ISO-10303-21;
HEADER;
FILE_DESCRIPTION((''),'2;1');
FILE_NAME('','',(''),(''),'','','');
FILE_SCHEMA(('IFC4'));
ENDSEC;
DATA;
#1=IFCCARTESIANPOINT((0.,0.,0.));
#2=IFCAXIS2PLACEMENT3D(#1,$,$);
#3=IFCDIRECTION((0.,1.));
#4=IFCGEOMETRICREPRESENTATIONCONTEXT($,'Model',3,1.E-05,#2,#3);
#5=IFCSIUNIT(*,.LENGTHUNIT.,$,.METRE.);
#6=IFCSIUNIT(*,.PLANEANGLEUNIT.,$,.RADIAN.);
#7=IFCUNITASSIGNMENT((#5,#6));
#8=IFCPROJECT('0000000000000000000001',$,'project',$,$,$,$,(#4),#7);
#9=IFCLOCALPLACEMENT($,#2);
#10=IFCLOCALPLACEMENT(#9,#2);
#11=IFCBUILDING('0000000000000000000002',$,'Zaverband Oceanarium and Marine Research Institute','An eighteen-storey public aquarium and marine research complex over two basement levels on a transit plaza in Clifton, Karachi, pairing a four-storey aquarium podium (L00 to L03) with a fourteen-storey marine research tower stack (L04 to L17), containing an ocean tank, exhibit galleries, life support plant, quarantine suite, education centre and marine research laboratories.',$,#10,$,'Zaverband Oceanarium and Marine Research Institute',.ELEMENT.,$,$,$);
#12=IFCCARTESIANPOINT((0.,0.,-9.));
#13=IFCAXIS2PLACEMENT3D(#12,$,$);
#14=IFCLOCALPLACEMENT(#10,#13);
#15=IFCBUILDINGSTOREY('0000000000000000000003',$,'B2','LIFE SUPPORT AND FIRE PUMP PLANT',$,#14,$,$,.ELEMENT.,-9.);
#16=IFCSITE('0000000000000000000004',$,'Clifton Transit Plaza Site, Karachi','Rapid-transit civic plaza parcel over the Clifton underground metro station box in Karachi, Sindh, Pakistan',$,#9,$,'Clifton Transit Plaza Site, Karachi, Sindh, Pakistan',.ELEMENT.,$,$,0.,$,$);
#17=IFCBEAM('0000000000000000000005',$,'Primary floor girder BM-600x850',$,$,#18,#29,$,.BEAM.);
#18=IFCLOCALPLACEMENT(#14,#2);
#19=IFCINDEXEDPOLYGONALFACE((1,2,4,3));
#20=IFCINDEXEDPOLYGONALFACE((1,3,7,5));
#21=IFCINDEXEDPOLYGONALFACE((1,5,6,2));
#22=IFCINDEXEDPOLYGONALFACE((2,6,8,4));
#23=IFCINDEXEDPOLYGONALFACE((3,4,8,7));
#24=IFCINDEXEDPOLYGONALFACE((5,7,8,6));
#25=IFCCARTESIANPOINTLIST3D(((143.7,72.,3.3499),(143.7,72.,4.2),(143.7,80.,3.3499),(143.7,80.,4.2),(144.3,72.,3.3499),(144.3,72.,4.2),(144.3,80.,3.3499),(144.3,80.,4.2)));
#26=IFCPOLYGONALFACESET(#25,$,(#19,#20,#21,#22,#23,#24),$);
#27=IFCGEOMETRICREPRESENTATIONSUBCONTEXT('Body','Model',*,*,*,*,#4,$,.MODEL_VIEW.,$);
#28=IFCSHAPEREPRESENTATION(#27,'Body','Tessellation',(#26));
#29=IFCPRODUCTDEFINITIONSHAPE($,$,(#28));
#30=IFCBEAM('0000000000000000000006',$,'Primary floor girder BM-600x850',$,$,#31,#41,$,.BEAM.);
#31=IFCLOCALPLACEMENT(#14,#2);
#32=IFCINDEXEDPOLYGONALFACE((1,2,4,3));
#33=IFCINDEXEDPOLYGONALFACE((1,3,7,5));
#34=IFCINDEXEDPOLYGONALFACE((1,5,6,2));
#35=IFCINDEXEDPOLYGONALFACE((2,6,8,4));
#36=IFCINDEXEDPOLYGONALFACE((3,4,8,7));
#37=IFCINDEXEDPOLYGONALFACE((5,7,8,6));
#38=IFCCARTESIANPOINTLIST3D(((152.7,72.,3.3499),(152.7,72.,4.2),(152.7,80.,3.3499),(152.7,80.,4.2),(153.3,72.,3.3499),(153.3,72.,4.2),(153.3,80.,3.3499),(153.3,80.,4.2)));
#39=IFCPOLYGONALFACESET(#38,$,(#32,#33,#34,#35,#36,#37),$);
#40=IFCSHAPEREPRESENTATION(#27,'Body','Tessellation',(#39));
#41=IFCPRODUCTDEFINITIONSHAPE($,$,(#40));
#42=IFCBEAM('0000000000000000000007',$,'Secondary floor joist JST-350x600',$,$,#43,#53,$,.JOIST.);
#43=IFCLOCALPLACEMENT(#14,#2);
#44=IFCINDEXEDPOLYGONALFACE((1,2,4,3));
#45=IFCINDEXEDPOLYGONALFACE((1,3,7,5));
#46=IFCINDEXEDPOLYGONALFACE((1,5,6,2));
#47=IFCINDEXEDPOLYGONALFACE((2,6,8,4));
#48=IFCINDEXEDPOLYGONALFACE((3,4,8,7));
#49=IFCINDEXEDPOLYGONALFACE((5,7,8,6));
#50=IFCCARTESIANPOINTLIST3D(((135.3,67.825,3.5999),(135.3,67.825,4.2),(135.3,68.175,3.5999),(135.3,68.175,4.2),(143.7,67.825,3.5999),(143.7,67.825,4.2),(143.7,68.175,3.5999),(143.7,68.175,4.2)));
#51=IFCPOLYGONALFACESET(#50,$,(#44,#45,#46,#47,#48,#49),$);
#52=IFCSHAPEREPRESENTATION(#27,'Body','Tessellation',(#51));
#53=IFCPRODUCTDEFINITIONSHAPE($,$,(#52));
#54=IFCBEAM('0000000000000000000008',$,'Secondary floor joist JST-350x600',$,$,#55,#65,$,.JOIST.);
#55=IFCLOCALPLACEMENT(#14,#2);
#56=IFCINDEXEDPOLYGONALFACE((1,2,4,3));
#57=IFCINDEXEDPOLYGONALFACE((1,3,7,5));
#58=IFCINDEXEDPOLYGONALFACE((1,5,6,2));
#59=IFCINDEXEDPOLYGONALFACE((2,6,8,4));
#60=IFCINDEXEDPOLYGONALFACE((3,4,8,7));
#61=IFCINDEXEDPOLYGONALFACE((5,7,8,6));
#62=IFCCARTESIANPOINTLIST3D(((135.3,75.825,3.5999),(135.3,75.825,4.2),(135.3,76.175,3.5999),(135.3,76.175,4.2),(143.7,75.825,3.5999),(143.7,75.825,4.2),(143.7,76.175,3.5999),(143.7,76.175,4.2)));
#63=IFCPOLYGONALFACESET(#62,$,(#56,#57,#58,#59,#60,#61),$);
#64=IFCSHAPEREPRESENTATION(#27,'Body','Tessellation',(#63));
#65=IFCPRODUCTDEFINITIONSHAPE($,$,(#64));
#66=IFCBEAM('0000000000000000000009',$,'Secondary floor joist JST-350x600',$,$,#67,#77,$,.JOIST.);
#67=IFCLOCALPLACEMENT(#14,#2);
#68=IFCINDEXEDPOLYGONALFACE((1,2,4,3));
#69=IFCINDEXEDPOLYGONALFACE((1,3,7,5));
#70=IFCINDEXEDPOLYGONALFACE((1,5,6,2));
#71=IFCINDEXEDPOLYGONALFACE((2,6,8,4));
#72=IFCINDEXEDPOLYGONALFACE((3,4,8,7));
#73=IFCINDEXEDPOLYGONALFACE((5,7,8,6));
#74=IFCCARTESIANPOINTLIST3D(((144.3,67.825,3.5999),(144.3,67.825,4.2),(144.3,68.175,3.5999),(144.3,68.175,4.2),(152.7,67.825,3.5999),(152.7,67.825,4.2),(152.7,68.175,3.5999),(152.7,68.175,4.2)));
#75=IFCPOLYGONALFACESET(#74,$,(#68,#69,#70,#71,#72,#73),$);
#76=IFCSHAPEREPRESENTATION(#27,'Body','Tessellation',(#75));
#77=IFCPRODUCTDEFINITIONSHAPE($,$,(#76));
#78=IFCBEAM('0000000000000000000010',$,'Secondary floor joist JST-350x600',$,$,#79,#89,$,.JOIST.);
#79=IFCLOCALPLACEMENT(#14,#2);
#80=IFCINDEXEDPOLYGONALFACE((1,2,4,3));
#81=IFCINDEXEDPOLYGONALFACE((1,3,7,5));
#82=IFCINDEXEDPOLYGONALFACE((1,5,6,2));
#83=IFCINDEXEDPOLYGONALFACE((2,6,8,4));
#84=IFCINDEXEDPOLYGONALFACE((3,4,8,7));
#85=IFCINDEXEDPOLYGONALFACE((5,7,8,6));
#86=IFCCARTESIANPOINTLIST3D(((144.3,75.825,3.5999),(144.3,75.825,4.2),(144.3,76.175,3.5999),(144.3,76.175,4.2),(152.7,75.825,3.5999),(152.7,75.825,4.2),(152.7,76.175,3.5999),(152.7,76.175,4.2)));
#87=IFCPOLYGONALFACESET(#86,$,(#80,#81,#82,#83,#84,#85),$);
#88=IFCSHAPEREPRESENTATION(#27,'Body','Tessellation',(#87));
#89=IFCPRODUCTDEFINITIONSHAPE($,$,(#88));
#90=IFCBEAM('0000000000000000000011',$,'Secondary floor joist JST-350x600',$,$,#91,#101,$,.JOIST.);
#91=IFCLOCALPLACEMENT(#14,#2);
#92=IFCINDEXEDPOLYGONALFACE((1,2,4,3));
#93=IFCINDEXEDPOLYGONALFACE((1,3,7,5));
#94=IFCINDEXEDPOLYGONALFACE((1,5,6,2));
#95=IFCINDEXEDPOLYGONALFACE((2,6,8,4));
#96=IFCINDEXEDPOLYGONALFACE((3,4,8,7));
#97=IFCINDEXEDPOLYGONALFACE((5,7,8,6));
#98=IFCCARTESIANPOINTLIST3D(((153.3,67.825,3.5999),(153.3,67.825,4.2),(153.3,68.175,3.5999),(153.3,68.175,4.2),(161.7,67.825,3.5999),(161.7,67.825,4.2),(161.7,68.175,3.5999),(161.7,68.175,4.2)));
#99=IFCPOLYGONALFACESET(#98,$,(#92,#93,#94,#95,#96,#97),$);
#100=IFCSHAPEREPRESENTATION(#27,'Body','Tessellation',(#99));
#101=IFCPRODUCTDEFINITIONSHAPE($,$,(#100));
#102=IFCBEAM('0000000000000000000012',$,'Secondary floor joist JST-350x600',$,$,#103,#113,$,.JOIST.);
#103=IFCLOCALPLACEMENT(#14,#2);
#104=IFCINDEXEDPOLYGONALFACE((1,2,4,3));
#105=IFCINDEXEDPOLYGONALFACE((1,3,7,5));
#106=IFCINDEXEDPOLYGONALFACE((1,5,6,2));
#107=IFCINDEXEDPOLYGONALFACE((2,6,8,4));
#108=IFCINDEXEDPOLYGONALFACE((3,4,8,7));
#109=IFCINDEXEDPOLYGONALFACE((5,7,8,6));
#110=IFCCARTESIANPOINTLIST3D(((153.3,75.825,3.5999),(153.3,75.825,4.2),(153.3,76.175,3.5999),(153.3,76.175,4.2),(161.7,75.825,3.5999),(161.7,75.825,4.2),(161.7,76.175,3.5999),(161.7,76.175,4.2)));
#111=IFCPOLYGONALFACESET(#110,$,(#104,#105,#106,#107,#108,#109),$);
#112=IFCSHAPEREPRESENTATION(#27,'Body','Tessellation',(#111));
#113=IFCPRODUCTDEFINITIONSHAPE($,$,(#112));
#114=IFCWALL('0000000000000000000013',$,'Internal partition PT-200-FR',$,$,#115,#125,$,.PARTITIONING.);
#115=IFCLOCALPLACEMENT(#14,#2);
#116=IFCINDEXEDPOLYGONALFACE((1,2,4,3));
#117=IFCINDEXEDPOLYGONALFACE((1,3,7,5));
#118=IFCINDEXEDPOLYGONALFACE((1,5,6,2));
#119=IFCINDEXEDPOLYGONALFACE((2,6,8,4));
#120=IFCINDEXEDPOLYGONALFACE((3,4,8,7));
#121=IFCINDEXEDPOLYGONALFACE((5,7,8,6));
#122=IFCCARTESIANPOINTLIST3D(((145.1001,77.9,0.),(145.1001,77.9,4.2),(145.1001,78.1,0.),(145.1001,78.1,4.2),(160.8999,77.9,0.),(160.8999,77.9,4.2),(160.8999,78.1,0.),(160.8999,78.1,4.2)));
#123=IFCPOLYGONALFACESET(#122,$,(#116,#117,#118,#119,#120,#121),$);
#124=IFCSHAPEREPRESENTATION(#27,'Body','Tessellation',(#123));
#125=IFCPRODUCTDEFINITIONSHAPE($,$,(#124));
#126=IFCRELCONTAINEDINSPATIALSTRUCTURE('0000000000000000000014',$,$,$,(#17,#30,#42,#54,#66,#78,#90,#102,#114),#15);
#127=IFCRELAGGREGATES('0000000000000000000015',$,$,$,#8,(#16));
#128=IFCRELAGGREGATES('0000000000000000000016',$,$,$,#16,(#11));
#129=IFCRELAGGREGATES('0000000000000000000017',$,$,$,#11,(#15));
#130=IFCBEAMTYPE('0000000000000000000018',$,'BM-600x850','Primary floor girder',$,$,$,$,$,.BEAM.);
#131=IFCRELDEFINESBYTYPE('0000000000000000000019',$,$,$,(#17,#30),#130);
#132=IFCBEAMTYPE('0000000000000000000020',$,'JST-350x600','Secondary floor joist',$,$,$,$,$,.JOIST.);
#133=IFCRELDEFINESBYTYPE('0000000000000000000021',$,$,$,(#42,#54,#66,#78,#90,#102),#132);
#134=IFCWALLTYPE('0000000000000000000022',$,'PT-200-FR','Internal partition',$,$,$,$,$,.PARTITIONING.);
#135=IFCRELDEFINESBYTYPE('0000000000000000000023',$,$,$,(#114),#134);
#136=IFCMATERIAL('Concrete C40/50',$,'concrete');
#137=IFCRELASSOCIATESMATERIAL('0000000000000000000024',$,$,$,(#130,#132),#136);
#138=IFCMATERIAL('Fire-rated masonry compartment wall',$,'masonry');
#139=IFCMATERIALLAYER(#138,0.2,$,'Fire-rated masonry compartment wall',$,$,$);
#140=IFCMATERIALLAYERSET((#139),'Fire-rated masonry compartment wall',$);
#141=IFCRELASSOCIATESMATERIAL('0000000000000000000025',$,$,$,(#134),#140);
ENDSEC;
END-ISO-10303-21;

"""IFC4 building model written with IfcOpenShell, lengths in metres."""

from ifc_helpers import new_model, si_unit, direction, frame, frame_2d, origin, origin_2d, place, context, subcontext, project, spatial, rectangle, extrude, material, layer, layer_set, material_profile, profile_set, type_object, element, save


model = new_model("IFC4")

# Units and contexts
model_context = context("Model", 3, precision=1e-05, world=origin(), true_north=direction((0.0, 1.0)))
body_context = subcontext(model_context, "Body", "Model", "MODEL_VIEW")
ifc_project = project(units=[si_unit("LENGTHUNIT", "METRE"), si_unit("PLANEANGLEUNIT", "RADIAN")], contexts=[model_context])

# Site, building, storey
site_placement = place(None, origin())
site = spatial("IfcSite", under=ifc_project, at=site_placement, Name="Clifton Transit Plaza Site, Karachi", Description="Rapid-transit civic plaza parcel over the Clifton underground metro station box in Karachi, Sindh, Pakistan", LongName="Clifton Transit Plaza Site, Karachi, Sindh, Pakistan", CompositionType="ELEMENT", RefElevation=0.0)
building_placement = place(site_placement, origin())
building = spatial("IfcBuilding", under=site, at=building_placement, Name="Zaverband Oceanarium and Marine Research Institute", Description="An eighteen-storey public aquarium and marine research complex over two basement levels on a transit plaza in Clifton, Karachi, pairing a four-storey aquarium podium (L00 to L03) with a fourteen-storey marine research tower stack (L04 to L17), containing an ocean tank, exhibit galleries, life support plant, quarantine suite, education centre and marine research laboratories.", LongName="Zaverband Oceanarium and Marine Research Institute", CompositionType="ELEMENT")
storey_placement = place(building_placement, frame((0.0, 0.0, -9.0)))
storey = spatial("IfcBuildingStorey", under=building, at=storey_placement, Name="B2", Description="LIFE SUPPORT AND FIRE PUMP PLANT", CompositionType="ELEMENT", Elevation=-9.0)

# Beams
ifc_material_1 = material(Name="Concrete C40/50", Category="concrete")
ifc_material_profile_1 = material_profile(ifc_material_1, rectangle(XDim=0.6001, YDim=0.8501, at=origin_2d()), Name="RC600x850")
ifc_profile_set_1 = profile_set([ifc_material_profile_1], Name="Concrete C40/50")
beam_type_1 = type_object("IfcBeamType", Name="BM-600x850", Description="Primary floor girder", PredefinedType="BEAM", material=ifc_profile_set_1)
for number, where, z_axis, x_axis, name in (
    (1, (144.0, 72.0, 3.7749), (0.0, 1.0, 0.0), (-1.0, 0.0, 0.0), "Primary floor girder BM-600x850"),
    (2, (153.0, 72.0, 3.7749), (0.0, 1.0, 0.0), (-1.0, 0.0, 0.0), "Primary floor girder BM-600x850"),
):
    element("IfcBeam", number, at=place(storey_placement, frame(where, z_axis=z_axis, x_axis=x_axis)), inside=storey, type_object=beam_type_1, Name=name, PredefinedType="BEAM", context=body_context, shape_type="SweptSolid", body=[
        extrude(rectangle(XDim=0.6001, YDim=0.8501, at=origin_2d()), origin(), (0.0, 0.0, 1.0), 8.0),
    ])
ifc_material_profile_2 = material_profile(ifc_material_1, rectangle(XDim=0.3501, YDim=0.6001, at=origin_2d()), Name="RC350x600")
ifc_profile_set_2 = profile_set([ifc_material_profile_2], Name="Concrete C40/50")
beam_type_2 = type_object("IfcBeamType", Name="JST-350x600", Description="Secondary floor joist", PredefinedType="JOIST", material=ifc_profile_set_2)
for number, where, z_axis, x_axis, name in (
    (3, (135.3, 68.0, 3.8999), (1.0, 0.0, 0.0), (0.0, 1.0, 0.0), "Secondary floor joist JST-350x600"),
    (4, (135.3, 76.0, 3.8999), (1.0, 0.0, 0.0), (0.0, 1.0, 0.0), "Secondary floor joist JST-350x600"),
    (5, (144.3, 68.0, 3.8999), (1.0, 0.0, 0.0), (0.0, 1.0, 0.0), "Secondary floor joist JST-350x600"),
    (6, (144.3, 76.0, 3.8999), (1.0, 0.0, 0.0), (0.0, 1.0, 0.0), "Secondary floor joist JST-350x600"),
    (7, (153.3, 68.0, 3.8999), (1.0, 0.0, 0.0), (0.0, 1.0, 0.0), "Secondary floor joist JST-350x600"),
    (8, (153.3, 76.0, 3.8999), (1.0, 0.0, 0.0), (0.0, 1.0, 0.0), "Secondary floor joist JST-350x600"),
):
    element("IfcBeam", number, at=place(storey_placement, frame(where, z_axis=z_axis, x_axis=x_axis)), inside=storey, type_object=beam_type_2, Name=name, PredefinedType="JOIST", context=body_context, shape_type="SweptSolid", body=[
        extrude(rectangle(XDim=0.3501, YDim=0.6001, at=origin_2d()), origin(), (0.0, 0.0, 1.0), 8.3999),
    ])

# Wall
ifc_material_2 = material(Name="Fire-rated masonry compartment wall", Category="masonry")
ifc_layer_1 = layer(ifc_material_2, 0.2, Name="Fire-rated masonry compartment wall")
ifc_layer_set_1 = layer_set([ifc_layer_1], Name="Fire-rated masonry compartment wall")
wall_type = type_object("IfcWallType", Name="PT-200-FR", Description="Internal partition", PredefinedType="PARTITIONING", material=ifc_layer_set_1)
wall_placement = place(storey_placement, frame((145.1001, 78.0, 0.0), z_axis=(0.0, 0.0, 1.0), x_axis=(1.0, 0.0, 0.0)))
element("IfcWall", 9, at=wall_placement, inside=storey, type_object=wall_type, Name="Internal partition PT-200-FR", PredefinedType="PARTITIONING", context=body_context, shape_type="SweptSolid", body=[
    extrude(rectangle(XDim=15.7998, YDim=0.2, at=frame_2d((7.8999, 0.0))), origin(), (0.0, 0.0, 1.0), 4.2),
])

save(model, "model.ifc")
